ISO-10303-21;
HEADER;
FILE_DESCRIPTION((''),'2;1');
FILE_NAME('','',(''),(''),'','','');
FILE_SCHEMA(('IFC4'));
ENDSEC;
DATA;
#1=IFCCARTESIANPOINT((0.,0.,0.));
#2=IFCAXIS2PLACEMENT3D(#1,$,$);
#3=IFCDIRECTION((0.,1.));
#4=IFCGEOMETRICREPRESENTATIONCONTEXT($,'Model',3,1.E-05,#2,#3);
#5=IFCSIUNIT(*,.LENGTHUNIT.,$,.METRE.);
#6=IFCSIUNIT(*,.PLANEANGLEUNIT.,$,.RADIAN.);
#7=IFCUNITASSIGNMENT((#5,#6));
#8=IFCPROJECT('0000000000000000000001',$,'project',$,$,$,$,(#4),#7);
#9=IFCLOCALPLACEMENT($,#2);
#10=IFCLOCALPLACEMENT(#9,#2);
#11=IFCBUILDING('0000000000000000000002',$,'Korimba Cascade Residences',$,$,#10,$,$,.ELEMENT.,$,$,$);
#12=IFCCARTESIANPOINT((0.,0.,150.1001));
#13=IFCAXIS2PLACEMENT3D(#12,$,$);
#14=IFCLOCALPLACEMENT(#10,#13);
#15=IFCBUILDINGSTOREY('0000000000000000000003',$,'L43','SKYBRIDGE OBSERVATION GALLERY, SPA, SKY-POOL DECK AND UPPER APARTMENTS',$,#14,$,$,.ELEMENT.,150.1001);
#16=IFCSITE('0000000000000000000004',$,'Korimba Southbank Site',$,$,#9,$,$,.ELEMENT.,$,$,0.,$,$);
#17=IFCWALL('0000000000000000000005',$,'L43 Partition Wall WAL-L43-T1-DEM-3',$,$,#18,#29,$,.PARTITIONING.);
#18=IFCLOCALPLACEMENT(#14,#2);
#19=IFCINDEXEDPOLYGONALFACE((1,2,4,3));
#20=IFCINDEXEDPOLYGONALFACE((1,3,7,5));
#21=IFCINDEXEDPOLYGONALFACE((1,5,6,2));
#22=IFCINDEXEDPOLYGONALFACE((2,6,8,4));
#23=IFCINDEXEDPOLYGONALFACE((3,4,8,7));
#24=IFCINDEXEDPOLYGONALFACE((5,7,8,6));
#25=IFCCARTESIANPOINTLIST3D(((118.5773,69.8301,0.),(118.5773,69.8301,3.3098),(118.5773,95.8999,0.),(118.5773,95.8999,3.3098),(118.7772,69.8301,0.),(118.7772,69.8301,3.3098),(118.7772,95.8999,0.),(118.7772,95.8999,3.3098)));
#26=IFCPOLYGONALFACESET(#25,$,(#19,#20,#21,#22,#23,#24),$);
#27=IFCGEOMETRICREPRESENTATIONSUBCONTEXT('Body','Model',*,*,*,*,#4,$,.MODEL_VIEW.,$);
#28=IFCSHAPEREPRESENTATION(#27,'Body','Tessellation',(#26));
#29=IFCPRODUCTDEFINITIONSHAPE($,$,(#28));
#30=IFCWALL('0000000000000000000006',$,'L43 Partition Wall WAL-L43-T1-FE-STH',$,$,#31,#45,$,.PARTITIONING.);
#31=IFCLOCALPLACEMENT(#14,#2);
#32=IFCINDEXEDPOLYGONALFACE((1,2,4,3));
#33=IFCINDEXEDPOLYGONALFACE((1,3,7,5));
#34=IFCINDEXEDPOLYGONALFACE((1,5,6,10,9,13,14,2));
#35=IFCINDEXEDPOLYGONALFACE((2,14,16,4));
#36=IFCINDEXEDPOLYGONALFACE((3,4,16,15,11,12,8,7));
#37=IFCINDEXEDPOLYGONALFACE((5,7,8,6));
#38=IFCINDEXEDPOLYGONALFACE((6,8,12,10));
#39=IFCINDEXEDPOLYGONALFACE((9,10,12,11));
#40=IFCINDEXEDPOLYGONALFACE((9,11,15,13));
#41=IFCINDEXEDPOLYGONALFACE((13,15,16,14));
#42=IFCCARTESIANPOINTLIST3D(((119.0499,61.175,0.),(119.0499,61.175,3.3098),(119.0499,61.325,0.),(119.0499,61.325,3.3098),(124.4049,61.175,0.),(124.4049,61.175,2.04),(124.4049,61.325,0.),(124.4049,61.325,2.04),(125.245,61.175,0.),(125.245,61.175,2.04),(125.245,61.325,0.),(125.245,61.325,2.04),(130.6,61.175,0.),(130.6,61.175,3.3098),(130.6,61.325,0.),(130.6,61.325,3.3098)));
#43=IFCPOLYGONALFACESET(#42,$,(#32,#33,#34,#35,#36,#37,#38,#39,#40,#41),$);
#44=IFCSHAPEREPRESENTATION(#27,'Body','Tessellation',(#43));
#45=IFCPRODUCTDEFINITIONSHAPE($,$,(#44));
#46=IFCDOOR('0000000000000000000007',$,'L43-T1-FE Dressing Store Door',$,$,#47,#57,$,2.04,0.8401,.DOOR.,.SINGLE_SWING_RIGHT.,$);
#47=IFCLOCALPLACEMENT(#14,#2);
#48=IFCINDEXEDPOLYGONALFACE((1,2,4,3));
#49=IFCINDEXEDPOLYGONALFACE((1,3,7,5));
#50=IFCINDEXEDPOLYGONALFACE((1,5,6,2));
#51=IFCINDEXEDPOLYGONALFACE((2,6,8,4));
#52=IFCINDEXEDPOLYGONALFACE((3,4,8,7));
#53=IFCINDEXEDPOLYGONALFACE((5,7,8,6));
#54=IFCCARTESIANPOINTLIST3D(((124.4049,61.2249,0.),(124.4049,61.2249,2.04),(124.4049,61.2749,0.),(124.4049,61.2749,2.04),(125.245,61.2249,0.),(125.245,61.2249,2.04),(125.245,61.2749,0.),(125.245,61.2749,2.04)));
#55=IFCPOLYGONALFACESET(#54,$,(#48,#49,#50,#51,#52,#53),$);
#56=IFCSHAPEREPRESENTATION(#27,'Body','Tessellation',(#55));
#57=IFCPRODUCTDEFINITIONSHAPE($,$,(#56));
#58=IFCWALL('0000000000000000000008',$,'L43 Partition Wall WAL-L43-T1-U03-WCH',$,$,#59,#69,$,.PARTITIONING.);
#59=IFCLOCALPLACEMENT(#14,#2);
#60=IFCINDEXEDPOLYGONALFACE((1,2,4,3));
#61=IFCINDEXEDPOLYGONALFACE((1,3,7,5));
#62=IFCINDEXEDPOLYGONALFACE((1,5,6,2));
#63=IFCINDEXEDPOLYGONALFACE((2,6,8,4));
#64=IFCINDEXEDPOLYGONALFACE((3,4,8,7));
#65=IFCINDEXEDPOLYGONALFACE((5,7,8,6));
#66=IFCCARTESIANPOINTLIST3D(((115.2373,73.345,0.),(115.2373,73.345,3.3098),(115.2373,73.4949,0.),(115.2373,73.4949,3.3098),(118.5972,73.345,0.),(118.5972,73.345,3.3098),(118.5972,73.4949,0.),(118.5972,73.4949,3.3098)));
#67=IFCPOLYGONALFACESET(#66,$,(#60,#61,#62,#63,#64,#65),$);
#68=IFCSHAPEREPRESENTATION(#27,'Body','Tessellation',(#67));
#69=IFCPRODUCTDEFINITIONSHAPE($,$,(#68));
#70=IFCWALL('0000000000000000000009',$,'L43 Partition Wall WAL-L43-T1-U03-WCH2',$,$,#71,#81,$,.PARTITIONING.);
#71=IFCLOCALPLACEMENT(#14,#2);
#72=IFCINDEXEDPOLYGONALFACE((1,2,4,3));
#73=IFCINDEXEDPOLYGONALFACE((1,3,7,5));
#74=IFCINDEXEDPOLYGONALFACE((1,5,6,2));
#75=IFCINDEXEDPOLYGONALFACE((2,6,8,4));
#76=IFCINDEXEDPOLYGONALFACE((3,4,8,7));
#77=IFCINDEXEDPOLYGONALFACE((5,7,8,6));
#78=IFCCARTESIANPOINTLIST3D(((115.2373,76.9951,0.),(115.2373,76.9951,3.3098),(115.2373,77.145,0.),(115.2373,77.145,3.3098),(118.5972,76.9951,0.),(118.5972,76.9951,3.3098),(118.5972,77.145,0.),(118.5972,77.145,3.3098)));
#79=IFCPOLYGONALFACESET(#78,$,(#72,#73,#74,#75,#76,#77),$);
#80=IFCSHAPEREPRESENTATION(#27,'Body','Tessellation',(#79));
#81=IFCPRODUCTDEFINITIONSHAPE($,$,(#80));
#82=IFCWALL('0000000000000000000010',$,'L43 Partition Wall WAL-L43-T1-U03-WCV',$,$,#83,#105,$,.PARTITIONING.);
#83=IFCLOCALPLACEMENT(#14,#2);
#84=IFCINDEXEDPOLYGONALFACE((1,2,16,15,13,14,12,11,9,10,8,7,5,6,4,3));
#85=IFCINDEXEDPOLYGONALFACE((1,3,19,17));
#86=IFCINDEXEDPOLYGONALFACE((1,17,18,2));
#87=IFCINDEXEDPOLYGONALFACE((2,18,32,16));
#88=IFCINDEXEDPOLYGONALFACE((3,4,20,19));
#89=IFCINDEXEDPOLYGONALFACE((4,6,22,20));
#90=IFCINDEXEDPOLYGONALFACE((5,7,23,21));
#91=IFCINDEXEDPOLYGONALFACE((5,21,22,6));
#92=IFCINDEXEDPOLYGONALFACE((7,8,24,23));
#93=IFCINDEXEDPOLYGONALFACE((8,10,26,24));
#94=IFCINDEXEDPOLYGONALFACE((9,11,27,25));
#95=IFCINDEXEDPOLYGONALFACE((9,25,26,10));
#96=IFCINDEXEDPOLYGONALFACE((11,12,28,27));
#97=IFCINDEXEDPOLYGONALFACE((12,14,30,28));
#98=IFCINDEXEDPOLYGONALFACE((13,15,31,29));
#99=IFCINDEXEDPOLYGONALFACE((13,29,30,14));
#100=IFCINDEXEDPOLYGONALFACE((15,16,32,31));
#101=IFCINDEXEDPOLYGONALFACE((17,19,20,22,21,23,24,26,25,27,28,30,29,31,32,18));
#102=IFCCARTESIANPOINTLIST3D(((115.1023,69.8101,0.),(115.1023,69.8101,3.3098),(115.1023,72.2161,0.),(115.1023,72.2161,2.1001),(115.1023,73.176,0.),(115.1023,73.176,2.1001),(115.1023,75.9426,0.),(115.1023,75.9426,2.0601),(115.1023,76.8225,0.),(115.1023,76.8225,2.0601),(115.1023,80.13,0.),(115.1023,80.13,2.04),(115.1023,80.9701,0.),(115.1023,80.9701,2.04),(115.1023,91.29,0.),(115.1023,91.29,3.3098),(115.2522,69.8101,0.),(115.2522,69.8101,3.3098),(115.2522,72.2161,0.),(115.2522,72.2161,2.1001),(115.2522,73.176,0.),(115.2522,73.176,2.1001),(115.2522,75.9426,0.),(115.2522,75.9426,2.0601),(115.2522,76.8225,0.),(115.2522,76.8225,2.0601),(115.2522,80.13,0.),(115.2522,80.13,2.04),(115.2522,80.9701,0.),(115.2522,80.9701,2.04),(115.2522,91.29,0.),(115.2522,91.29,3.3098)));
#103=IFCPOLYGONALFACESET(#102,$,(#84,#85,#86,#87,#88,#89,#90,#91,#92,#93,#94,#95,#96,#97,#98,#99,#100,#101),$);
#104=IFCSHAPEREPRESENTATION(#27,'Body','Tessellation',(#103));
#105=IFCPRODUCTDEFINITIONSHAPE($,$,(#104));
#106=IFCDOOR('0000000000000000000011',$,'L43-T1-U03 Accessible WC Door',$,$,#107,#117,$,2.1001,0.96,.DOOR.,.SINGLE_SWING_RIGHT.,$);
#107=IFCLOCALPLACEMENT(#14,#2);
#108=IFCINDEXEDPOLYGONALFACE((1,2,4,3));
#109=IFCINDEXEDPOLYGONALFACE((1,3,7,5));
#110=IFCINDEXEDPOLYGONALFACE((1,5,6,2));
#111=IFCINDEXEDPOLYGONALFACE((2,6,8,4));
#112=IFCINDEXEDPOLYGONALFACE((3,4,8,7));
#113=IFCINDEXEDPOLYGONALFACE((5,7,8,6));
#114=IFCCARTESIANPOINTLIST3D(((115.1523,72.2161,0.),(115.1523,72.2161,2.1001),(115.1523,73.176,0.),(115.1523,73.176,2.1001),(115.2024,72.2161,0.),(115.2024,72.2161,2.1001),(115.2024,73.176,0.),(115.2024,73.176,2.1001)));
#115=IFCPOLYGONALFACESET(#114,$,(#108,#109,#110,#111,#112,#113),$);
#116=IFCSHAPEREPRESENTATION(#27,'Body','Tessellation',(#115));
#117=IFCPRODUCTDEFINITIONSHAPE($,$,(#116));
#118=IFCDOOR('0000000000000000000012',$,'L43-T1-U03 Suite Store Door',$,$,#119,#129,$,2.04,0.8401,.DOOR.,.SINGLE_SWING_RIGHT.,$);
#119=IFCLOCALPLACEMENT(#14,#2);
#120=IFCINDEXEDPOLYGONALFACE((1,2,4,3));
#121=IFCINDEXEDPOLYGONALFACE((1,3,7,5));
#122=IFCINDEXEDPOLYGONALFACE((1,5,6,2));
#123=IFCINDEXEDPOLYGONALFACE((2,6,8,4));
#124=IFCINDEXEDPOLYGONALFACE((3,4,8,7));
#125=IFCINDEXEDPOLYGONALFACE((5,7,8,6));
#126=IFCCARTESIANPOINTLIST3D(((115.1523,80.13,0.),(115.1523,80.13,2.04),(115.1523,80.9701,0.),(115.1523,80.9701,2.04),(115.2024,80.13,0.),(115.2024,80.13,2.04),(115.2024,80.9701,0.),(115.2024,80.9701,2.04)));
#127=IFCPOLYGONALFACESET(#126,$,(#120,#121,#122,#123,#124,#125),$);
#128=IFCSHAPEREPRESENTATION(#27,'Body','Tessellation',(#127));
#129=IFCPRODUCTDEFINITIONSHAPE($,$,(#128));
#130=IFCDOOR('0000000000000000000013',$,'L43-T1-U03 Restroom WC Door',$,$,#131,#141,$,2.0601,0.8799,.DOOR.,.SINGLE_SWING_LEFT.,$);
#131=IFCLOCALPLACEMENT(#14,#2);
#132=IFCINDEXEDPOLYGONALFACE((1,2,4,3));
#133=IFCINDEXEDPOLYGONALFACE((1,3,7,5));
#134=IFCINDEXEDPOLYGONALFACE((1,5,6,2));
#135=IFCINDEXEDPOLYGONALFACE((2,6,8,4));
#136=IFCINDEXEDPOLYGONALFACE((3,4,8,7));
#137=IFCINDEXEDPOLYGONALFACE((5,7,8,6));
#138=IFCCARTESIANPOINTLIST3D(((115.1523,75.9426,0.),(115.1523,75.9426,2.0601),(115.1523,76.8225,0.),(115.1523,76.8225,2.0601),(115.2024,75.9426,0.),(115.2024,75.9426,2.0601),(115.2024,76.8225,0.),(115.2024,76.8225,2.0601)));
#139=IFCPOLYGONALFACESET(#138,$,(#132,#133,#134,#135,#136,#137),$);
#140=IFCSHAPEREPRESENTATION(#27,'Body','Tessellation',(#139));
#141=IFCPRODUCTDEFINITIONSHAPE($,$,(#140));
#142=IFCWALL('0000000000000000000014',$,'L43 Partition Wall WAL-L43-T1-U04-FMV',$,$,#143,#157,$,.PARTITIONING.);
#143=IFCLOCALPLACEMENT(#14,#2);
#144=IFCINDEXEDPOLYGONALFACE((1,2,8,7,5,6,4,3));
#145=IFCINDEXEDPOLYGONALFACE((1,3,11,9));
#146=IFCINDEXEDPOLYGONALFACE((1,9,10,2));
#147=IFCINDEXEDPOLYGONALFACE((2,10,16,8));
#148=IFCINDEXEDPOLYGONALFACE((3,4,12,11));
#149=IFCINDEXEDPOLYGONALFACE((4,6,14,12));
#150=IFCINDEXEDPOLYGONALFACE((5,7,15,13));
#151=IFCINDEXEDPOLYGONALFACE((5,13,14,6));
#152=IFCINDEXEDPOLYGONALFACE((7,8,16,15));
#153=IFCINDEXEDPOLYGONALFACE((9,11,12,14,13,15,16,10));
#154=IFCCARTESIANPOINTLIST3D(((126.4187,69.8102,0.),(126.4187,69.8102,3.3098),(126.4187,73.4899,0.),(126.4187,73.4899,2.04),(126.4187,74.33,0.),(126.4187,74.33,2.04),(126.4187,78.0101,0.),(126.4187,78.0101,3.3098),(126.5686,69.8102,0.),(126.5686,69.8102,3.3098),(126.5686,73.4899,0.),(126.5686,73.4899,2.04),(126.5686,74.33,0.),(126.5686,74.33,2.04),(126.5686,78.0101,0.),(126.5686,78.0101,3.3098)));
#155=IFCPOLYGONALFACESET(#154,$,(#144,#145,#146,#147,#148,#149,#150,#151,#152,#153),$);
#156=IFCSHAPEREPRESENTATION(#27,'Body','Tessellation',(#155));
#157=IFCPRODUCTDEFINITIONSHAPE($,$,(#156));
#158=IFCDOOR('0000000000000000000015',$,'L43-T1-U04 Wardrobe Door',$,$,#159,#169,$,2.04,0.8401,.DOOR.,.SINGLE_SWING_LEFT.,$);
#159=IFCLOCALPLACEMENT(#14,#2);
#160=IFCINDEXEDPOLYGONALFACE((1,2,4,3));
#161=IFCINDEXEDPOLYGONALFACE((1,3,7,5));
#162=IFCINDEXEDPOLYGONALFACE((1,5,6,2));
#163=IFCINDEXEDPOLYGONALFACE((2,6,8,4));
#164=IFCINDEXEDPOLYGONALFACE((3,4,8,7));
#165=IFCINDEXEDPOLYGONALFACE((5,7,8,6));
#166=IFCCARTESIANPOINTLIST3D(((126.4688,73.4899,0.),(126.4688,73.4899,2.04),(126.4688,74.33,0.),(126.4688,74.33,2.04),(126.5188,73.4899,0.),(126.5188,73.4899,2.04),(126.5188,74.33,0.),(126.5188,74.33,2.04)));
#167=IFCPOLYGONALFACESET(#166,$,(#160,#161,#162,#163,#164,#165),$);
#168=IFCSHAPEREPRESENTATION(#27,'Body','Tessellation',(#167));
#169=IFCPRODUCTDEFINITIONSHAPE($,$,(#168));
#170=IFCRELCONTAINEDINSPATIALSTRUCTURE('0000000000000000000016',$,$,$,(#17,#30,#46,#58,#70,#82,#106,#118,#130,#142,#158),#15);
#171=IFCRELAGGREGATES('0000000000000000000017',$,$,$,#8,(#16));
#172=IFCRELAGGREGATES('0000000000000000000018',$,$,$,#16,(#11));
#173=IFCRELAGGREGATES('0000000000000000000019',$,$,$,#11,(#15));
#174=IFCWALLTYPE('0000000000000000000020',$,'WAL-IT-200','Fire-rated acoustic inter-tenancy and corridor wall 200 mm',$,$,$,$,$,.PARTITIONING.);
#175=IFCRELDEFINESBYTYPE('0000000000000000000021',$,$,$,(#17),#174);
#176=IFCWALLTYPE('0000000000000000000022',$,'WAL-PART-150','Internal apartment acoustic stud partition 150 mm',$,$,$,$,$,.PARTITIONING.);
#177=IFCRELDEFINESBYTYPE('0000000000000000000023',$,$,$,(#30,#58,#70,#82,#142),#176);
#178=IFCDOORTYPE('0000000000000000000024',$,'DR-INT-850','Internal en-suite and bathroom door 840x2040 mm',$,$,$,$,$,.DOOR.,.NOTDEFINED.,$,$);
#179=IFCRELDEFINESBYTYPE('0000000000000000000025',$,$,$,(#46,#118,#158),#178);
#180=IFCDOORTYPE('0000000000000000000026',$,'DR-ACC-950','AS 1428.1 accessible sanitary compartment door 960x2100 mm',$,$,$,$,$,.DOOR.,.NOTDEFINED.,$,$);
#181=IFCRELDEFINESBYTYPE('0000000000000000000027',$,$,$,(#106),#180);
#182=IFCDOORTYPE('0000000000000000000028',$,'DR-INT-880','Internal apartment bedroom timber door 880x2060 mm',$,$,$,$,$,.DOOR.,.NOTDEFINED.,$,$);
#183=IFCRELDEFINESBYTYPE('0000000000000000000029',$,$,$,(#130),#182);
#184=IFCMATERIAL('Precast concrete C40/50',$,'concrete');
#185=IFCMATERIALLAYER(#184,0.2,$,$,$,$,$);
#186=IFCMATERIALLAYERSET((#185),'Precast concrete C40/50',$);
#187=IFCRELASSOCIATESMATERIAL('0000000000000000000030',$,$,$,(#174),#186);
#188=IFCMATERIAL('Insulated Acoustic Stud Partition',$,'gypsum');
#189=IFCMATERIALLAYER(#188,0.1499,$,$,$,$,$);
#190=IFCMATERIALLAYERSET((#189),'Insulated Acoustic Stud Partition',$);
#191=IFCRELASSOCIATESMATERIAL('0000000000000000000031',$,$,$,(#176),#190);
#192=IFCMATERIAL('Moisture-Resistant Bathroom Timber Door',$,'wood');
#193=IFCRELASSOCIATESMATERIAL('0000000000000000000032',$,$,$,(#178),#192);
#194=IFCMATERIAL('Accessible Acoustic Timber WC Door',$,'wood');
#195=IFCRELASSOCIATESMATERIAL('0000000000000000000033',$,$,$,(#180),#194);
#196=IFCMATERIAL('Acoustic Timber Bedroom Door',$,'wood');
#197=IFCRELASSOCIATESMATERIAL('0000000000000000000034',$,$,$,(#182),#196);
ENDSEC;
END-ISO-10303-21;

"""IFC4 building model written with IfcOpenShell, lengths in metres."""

from ifc_helpers import new_model, si_unit, direction, frame, frame_2d, origin, place, context, subcontext, project, spatial, rectangle, extrude, material, layer, layer_set, type_object, element, fill, save


model = new_model("IFC4")

# Units and contexts
model_context = context("Model", 3, precision=1e-05, world=origin(), true_north=direction((0.0, 1.0)))
body_context = subcontext(model_context, "Body", "Model", "MODEL_VIEW")
ifc_project = project(units=[si_unit("LENGTHUNIT", "METRE"), si_unit("PLANEANGLEUNIT", "RADIAN")], contexts=[model_context])

# Site, building, storey
site_placement = place(None, origin())
site = spatial("IfcSite", under=ifc_project, at=site_placement, Name="Korimba Southbank Site", CompositionType="ELEMENT", RefElevation=0.0)
building_placement = place(site_placement, origin())
building = spatial("IfcBuilding", under=site, at=building_placement, Name="Korimba Cascade Residences", CompositionType="ELEMENT")
storey_placement = place(building_placement, frame((0.0, 0.0, 150.1001)))
storey = spatial("IfcBuildingStorey", under=building, at=storey_placement, Name="L43", Description="SKYBRIDGE OBSERVATION GALLERY, SPA, SKY-POOL DECK AND UPPER APARTMENTS", CompositionType="ELEMENT", Elevation=150.1001)

# Shared definitions
ifc_material_1 = material(Name="Precast concrete C40/50", Category="concrete")
ifc_layer_1 = layer(ifc_material_1, 0.2)
ifc_layer_set_1 = layer_set([ifc_layer_1], Name="Precast concrete C40/50")
wall_type_1 = type_object("IfcWallType", Name="WAL-IT-200", Description="Fire-rated acoustic inter-tenancy and corridor wall 200 mm", PredefinedType="PARTITIONING", material=ifc_layer_set_1)

# Wall
for number, where, z_axis, x_axis, name in (
    (1, (118.6772, 69.8301, 0.0), (0.0, 0.0, 1.0), (0.0, 1.0, 0.0), "L43 Partition Wall WAL-L43-T1-DEM-3"),
):
    element("IfcWall", number, at=place(storey_placement, frame(where, z_axis=z_axis, x_axis=x_axis)), inside=storey, type_object=wall_type_1, Name=name, PredefinedType="PARTITIONING", context=body_context, shape_type="SweptSolid", body=[
        extrude(rectangle(XDim=26.0698, YDim=0.2, at=frame_2d((13.0349, 0.0))), origin(), (0.0, 0.0, 1.0), 3.3098),
    ])

# Wall, opening, door
ifc_material_2 = material(Name="Insulated Acoustic Stud Partition", Category="gypsum")
ifc_layer_2 = layer(ifc_material_2, 0.1499)
ifc_layer_set_2 = layer_set([ifc_layer_2], Name="Insulated Acoustic Stud Partition")
wall_type_2 = type_object("IfcWallType", Name="WAL-PART-150", Description="Internal apartment acoustic stud partition 150 mm", PredefinedType="PARTITIONING", material=ifc_layer_set_2)
wall_1_placement = place(storey_placement, frame((119.05, 61.25, 0.0), z_axis=(0.0, 0.0, 1.0), x_axis=(1.0, 0.0, 0.0)))
wall_1 = element("IfcWall", 2, at=wall_1_placement, inside=storey, type_object=wall_type_2, Name="L43 Partition Wall WAL-L43-T1-FE-STH", PredefinedType="PARTITIONING", context=body_context, shape_type="SweptSolid", body=[
    extrude(rectangle(XDim=11.55, YDim=0.1499, at=frame_2d((5.7749, 0.0))), origin(), (0.0, 0.0, 1.0), 3.3098),
])
opening_1_placement = place(wall_1_placement, frame((5.355, 0.0, 0.0)))
opening_1 = element("IfcOpeningElement", 3, at=opening_1_placement, cuts=wall_1, PredefinedType="OPENING", context=body_context, shape_type="SweptSolid", body=[
    extrude(rectangle(XDim=0.8401, YDim=2.04, at=frame_2d((0.4199, 1.02))), frame((0.0, 0.085, 0.0), z_axis=(0.0, -1.0, 0.0), x_axis=(1.0, 0.0, 0.0)), (0.0, 0.0, 1.0), 0.1699),
])
ifc_material_3 = material(Name="Moisture-Resistant Bathroom Timber Door", Category="wood")
door_type_1 = type_object("IfcDoorType", Name="DR-INT-850", Description="Internal en-suite and bathroom door 840x2040 mm", OperationType="NOTDEFINED", PredefinedType="DOOR", material=ifc_material_3)
door_1_placement = place(opening_1_placement, origin())
door_1 = element("IfcDoor", 4, at=door_1_placement, inside=storey, type_object=door_type_1, Name="L43-T1-FE Dressing Store Door", OperationType="SINGLE_SWING_RIGHT", OverallHeight=2.04, OverallWidth=0.8401, PredefinedType="DOOR", context=body_context, shape_type="SweptSolid", body=[
    extrude(rectangle(XDim=0.8401, YDim=2.04, at=frame_2d((0.4199, 1.02))), frame((0.0, 0.0249, 0.0), z_axis=(0.0, -1.0, 0.0), x_axis=(1.0, 0.0, 0.0)), (0.0, 0.0, 1.0), 0.05),
])
fill(opening_1, door_1)

# Walls
for number, where, z_axis, x_axis, name in (
    (5, (115.2373, 73.4199, 0.0), (0.0, 0.0, 1.0), (1.0, 0.0, 0.0), "L43 Partition Wall WAL-L43-T1-U03-WCH"),
    (6, (115.2373, 77.0701, 0.0), (0.0, 0.0, 1.0), (1.0, 0.0, 0.0), "L43 Partition Wall WAL-L43-T1-U03-WCH2"),
):
    element("IfcWall", number, at=place(storey_placement, frame(where, z_axis=z_axis, x_axis=x_axis)), inside=storey, type_object=wall_type_2, Name=name, PredefinedType="PARTITIONING", context=body_context, shape_type="SweptSolid", body=[
        extrude(rectangle(XDim=3.3599, YDim=0.1499, at=frame_2d((1.6799, 0.0))), origin(), (0.0, 0.0, 1.0), 3.3098),
    ])

# Wall, openings, doors
wall_2_placement = place(storey_placement, frame((115.1772, 69.8101, 0.0), z_axis=(0.0, 0.0, 1.0), x_axis=(0.0, 1.0, 0.0)))
wall_2 = element("IfcWall", 7, at=wall_2_placement, inside=storey, type_object=wall_type_2, Name="L43 Partition Wall WAL-L43-T1-U03-WCV", PredefinedType="PARTITIONING", context=body_context, shape_type="SweptSolid", body=[
    extrude(rectangle(XDim=21.48, YDim=0.1499, at=frame_2d((10.74, 0.0))), origin(), (0.0, 0.0, 1.0), 3.3098),
])
opening_2_placement = place(wall_2_placement, frame((2.406, 0.0, 0.0)))
opening_2 = element("IfcOpeningElement", 8, at=opening_2_placement, cuts=wall_2, PredefinedType="OPENING", context=body_context, shape_type="SweptSolid", body=[
    extrude(rectangle(XDim=0.96, YDim=2.1001, at=frame_2d((0.48, 1.05))), frame((0.0, 0.085, 0.0), z_axis=(0.0, -1.0, 0.0), x_axis=(1.0, 0.0, 0.0)), (0.0, 0.0, 1.0), 0.1699),
])
opening_3_placement = place(wall_2_placement, frame((6.1326, 0.0, 0.0)))
opening_3 = element("IfcOpeningElement", 9, at=opening_3_placement, cuts=wall_2, PredefinedType="OPENING", context=body_context, shape_type="SweptSolid", body=[
    extrude(rectangle(XDim=0.8799, YDim=2.0601, at=frame_2d((0.4399, 1.03))), frame((0.0, 0.085, 0.0), z_axis=(0.0, -1.0, 0.0), x_axis=(1.0, 0.0, 0.0)), (0.0, 0.0, 1.0), 0.1699),
])
opening_4_placement = place(wall_2_placement, frame((10.3201, 0.0, 0.0)))
opening_4 = element("IfcOpeningElement", 10, at=opening_4_placement, cuts=wall_2, PredefinedType="OPENING", context=body_context, shape_type="SweptSolid", body=[
    extrude(rectangle(XDim=0.8401, YDim=2.04, at=frame_2d((0.4199, 1.02))), frame((0.0, 0.085, 0.0), z_axis=(0.0, -1.0, 0.0), x_axis=(1.0, 0.0, 0.0)), (0.0, 0.0, 1.0), 0.1699),
])
ifc_material_4 = material(Name="Accessible Acoustic Timber WC Door", Category="wood")
door_type_2 = type_object("IfcDoorType", Name="DR-ACC-950", Description="AS 1428.1 accessible sanitary compartment door 960x2100 mm", OperationType="NOTDEFINED", PredefinedType="DOOR", material=ifc_material_4)
door_2_placement = place(opening_2_placement, origin())
door_2 = element("IfcDoor", 11, at=door_2_placement, inside=storey, type_object=door_type_2, Name="L43-T1-U03 Accessible WC Door", OperationType="SINGLE_SWING_RIGHT", OverallHeight=2.1001, OverallWidth=0.96, PredefinedType="DOOR", context=body_context, shape_type="SweptSolid", body=[
    extrude(rectangle(XDim=0.96, YDim=2.1001, at=frame_2d((0.48, 1.05))), frame((0.0, 0.0249, 0.0), z_axis=(0.0, -1.0, 0.0), x_axis=(1.0, 0.0, 0.0)), (0.0, 0.0, 1.0), 0.05),
])
fill(opening_2, door_2)
door_3_placement = place(opening_4_placement, origin())
door_3 = element("IfcDoor", 12, at=door_3_placement, inside=storey, type_object=door_type_1, Name="L43-T1-U03 Suite Store Door", OperationType="SINGLE_SWING_RIGHT", OverallHeight=2.04, OverallWidth=0.8401, PredefinedType="DOOR", context=body_context, shape_type="SweptSolid", body=[
    extrude(rectangle(XDim=0.8401, YDim=2.04, at=frame_2d((0.4199, 1.02))), frame((0.0, 0.0249, 0.0), z_axis=(0.0, -1.0, 0.0), x_axis=(1.0, 0.0, 0.0)), (0.0, 0.0, 1.0), 0.05),
])
fill(opening_4, door_3)
ifc_material_5 = material(Name="Acoustic Timber Bedroom Door", Category="wood")
door_type_3 = type_object("IfcDoorType", Name="DR-INT-880", Description="Internal apartment bedroom timber door 880x2060 mm", OperationType="NOTDEFINED", PredefinedType="DOOR", material=ifc_material_5)
door_4_placement = place(opening_3_placement, origin())
door_4 = element("IfcDoor", 13, at=door_4_placement, inside=storey, type_object=door_type_3, Name="L43-T1-U03 Restroom WC Door", OperationType="SINGLE_SWING_LEFT", OverallHeight=2.0601, OverallWidth=0.8799, PredefinedType="DOOR", context=body_context, shape_type="SweptSolid", body=[
    extrude(rectangle(XDim=0.8799, YDim=2.0601, at=frame_2d((0.4399, 1.03))), frame((0.0, 0.0249, 0.0), z_axis=(0.0, -1.0, 0.0), x_axis=(1.0, 0.0, 0.0)), (0.0, 0.0, 1.0), 0.05),
])
fill(opening_3, door_4)

# Wall, opening, door
wall_3_placement = place(storey_placement, frame((126.4937, 69.8101, 0.0), z_axis=(0.0, 0.0, 1.0), x_axis=(0.0, 1.0, 0.0)))
wall_3 = element("IfcWall", 14, at=wall_3_placement, inside=storey, type_object=wall_type_2, Name="L43 Partition Wall WAL-L43-T1-U04-FMV", PredefinedType="PARTITIONING", context=body_context, shape_type="SweptSolid", body=[
    extrude(rectangle(XDim=8.2, YDim=0.1499, at=frame_2d((4.1001, 0.0))), origin(), (0.0, 0.0, 1.0), 3.3098),
])
opening_5_placement = place(wall_3_placement, frame((3.6799, 0.0, 0.0)))
opening_5 = element("IfcOpeningElement", 15, at=opening_5_placement, cuts=wall_3, PredefinedType="OPENING", context=body_context, shape_type="SweptSolid", body=[
    extrude(rectangle(XDim=0.8401, YDim=2.04, at=frame_2d((0.4199, 1.02))), frame((0.0, 0.085, 0.0), z_axis=(0.0, -1.0, 0.0), x_axis=(1.0, 0.0, 0.0)), (0.0, 0.0, 1.0), 0.1699),
])
door_5_placement = place(opening_5_placement, origin())
door_5 = element("IfcDoor", 16, at=door_5_placement, inside=storey, type_object=door_type_1, Name="L43-T1-U04 Wardrobe Door", OperationType="SINGLE_SWING_LEFT", OverallHeight=2.04, OverallWidth=0.8401, PredefinedType="DOOR", context=body_context, shape_type="SweptSolid", body=[
    extrude(rectangle(XDim=0.8401, YDim=2.04, at=frame_2d((0.4199, 1.02))), frame((0.0, 0.0249, 0.0), z_axis=(0.0, -1.0, 0.0), x_axis=(1.0, 0.0, 0.0)), (0.0, 0.0, 1.0), 0.05),
])
fill(opening_5, door_5)

save(model, "model.ifc")
